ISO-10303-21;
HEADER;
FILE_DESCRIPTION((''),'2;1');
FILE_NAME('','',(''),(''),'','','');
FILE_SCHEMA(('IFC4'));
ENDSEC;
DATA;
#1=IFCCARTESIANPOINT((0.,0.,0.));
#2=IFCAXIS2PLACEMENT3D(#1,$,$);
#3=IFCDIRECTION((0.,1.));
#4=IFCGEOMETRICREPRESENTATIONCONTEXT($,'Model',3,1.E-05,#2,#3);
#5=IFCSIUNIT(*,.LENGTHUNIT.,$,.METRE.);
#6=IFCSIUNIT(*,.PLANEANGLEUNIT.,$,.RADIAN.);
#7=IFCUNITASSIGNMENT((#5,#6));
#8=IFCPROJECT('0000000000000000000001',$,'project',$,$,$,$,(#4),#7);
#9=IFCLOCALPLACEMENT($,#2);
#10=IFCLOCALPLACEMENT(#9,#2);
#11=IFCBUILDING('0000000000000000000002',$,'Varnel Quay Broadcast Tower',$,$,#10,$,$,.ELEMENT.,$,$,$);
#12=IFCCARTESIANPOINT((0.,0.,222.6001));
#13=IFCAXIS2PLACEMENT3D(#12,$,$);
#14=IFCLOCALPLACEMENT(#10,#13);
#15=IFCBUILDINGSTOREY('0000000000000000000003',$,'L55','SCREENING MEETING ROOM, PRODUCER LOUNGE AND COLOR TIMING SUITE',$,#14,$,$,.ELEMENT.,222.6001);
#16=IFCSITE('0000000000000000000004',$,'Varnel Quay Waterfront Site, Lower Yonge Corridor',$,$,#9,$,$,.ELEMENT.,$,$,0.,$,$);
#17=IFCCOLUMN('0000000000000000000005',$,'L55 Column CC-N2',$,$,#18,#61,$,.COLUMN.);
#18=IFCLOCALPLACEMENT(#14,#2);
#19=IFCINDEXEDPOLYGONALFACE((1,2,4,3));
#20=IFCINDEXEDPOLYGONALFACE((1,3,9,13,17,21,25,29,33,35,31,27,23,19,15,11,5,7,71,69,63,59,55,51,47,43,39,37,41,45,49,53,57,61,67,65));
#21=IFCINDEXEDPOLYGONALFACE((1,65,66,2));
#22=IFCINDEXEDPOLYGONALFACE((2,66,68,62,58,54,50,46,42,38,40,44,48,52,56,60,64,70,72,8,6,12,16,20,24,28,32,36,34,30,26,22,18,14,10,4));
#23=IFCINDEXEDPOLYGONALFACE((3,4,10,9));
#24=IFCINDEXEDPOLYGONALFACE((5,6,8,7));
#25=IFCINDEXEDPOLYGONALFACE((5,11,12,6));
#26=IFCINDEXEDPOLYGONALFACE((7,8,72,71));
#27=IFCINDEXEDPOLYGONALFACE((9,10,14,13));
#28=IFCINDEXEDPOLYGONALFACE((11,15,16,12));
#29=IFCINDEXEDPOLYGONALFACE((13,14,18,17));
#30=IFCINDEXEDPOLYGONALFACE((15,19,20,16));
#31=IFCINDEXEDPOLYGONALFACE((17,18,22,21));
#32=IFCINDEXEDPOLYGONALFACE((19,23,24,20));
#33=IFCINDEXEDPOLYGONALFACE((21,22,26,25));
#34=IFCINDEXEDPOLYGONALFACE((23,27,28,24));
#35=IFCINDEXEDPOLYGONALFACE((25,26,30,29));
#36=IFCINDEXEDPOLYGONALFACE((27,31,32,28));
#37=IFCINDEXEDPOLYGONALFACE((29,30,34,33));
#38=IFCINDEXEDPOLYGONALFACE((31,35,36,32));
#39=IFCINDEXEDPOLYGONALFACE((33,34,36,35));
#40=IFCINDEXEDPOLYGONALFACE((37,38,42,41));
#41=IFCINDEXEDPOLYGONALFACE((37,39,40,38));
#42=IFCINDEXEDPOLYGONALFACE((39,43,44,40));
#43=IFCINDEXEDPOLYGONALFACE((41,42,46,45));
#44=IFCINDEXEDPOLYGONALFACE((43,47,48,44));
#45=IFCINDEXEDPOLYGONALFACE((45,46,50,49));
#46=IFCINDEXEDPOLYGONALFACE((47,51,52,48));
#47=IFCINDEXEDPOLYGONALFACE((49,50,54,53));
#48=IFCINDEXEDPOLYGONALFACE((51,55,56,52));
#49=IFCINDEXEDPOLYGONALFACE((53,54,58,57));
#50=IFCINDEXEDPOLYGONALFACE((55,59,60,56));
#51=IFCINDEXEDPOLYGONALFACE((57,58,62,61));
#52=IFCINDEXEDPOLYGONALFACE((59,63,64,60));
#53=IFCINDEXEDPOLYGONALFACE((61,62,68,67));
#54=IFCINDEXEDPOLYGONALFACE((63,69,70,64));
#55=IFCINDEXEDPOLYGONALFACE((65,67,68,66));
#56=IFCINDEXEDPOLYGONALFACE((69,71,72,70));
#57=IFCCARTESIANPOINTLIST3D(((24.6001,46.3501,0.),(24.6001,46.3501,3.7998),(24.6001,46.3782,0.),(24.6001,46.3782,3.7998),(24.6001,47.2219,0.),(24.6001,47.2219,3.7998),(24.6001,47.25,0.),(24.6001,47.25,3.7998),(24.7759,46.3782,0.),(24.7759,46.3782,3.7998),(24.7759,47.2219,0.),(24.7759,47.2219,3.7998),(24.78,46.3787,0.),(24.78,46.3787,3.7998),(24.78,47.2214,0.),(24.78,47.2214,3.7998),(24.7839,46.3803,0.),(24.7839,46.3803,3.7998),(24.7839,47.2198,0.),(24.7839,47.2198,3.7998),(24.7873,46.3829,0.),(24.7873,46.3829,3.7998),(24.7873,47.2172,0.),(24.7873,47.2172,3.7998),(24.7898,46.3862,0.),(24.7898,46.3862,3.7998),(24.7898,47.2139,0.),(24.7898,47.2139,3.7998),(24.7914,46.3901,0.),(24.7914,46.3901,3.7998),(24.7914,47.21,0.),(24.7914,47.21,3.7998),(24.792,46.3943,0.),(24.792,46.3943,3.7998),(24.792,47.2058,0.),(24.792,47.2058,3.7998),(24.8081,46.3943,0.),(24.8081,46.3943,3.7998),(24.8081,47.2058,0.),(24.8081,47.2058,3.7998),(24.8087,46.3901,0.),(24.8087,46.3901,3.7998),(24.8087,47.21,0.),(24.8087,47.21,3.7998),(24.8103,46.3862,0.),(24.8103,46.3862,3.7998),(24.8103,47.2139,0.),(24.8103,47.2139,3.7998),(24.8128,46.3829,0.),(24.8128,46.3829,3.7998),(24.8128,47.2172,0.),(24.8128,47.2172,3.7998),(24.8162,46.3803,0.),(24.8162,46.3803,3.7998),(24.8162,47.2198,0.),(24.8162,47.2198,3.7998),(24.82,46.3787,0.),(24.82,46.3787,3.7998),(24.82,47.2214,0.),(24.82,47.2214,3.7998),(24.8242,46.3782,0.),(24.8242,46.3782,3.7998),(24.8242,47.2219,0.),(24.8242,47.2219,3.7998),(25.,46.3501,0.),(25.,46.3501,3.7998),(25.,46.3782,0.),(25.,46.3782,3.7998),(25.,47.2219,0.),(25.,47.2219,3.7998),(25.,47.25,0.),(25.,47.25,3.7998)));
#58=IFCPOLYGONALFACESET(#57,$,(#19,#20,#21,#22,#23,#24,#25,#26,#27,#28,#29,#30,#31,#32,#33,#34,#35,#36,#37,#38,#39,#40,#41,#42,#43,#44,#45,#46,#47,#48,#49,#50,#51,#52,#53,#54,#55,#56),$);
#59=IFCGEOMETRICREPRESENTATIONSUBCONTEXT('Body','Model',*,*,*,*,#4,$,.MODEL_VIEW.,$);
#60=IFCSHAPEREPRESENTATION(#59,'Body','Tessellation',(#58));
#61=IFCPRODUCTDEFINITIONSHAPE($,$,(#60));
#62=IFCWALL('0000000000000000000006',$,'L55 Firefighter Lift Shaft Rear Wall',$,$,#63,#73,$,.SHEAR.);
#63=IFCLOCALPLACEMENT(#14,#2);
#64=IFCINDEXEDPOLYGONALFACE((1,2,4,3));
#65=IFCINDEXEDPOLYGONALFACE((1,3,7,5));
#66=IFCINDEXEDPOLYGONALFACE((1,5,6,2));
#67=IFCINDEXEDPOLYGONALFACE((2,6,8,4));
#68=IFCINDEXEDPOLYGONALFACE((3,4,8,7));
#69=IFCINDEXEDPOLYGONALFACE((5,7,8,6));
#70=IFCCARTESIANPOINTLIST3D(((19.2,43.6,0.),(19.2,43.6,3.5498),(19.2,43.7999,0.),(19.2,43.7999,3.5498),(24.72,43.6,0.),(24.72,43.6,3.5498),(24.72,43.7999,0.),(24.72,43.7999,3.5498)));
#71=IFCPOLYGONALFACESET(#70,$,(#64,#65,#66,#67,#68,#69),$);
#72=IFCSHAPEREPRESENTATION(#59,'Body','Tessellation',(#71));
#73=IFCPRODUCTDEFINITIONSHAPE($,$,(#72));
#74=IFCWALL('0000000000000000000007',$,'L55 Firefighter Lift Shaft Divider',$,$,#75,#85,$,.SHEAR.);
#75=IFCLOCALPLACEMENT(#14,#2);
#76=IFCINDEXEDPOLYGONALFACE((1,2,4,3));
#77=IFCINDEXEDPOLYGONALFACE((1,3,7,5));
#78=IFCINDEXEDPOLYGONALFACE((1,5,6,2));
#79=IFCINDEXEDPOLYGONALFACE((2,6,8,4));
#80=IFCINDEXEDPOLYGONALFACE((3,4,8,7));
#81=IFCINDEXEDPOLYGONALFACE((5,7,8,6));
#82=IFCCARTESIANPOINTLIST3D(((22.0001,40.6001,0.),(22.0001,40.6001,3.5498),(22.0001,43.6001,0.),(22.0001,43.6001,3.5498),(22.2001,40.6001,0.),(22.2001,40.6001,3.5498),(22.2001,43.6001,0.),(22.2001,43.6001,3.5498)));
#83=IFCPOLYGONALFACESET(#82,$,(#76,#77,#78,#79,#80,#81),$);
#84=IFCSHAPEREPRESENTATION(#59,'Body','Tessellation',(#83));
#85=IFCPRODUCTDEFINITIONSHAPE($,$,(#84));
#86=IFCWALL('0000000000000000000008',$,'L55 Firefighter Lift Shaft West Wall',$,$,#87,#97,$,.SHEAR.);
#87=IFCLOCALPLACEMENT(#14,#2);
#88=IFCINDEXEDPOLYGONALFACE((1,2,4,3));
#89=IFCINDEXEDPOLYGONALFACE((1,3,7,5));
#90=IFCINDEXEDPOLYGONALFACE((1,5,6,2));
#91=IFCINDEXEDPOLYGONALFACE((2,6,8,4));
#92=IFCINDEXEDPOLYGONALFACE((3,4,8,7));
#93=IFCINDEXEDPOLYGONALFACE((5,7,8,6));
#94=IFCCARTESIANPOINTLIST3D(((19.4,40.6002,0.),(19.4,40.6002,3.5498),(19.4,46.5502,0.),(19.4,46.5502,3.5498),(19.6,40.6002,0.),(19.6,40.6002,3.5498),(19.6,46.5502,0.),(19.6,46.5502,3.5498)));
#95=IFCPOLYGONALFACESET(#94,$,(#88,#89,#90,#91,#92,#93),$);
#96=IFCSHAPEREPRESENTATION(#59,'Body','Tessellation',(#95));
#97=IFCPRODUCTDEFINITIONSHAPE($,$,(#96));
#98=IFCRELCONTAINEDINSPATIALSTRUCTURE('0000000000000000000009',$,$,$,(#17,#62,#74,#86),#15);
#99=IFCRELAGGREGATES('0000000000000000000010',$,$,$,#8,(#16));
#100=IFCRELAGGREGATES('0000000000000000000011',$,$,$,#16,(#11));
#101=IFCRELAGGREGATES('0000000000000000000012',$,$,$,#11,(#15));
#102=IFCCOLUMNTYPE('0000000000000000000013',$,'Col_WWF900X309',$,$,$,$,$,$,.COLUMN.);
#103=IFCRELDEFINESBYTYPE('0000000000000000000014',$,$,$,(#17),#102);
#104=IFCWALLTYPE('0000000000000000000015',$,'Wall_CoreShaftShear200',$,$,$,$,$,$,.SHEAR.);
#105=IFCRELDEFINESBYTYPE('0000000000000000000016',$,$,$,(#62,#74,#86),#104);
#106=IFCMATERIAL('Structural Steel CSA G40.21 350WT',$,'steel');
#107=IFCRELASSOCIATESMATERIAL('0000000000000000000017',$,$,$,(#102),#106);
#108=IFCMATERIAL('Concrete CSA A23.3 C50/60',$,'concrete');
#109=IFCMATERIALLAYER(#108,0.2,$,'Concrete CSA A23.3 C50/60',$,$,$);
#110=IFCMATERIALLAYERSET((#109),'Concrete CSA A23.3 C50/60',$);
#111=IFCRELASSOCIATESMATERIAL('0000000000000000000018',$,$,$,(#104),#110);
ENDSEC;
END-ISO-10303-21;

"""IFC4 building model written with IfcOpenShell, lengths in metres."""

from ifc_helpers import new_model, si_unit, direction, frame, frame_2d, origin, origin_2d, place, context, subcontext, project, spatial, rectangle, i_section, extrude, source, transform, mapped, material, layer, layer_set, material_profile, profile_set, type_object, type_shapes, element, save


model = new_model("IFC4")

# Units and contexts
model_context = context("Model", 3, precision=1e-05, world=origin(), true_north=direction((0.0, 1.0)))
body_context = subcontext(model_context, "Body", "Model", "MODEL_VIEW")
ifc_project = project(units=[si_unit("LENGTHUNIT", "METRE"), si_unit("PLANEANGLEUNIT", "RADIAN")], contexts=[model_context])

# Site, building, storey
site_placement = place(None, origin())
site = spatial("IfcSite", under=ifc_project, at=site_placement, Name="Varnel Quay Waterfront Site, Lower Yonge Corridor", CompositionType="ELEMENT", RefElevation=0.0)
building_placement = place(site_placement, origin())
building = spatial("IfcBuilding", under=site, at=building_placement, Name="Varnel Quay Broadcast Tower", CompositionType="ELEMENT")
storey_placement = place(building_placement, frame((0.0, 0.0, 222.6001)))
storey = spatial("IfcBuildingStorey", under=building, at=storey_placement, Name="L55", Description="SCREENING MEETING ROOM, PRODUCER LOUNGE AND COLOR TIMING SUITE", CompositionType="ELEMENT", Elevation=222.6001)

# Column
ifc_material_1 = material(Name="Structural Steel CSA G40.21 350WT", Category="steel")
ifc_material_profile = material_profile(ifc_material_1, i_section(OverallWidth=0.3999, OverallDepth=0.8999, WebThickness=0.0161, FlangeThickness=0.0281, FilletRadius=0.0161, at=origin_2d()), Name="WWF900X309")
ifc_profile_set = profile_set([ifc_material_profile], Name="Structural Steel CSA G40.21 350WT")
column_type = type_object("IfcColumnType", Name="Col_WWF900X309", PredefinedType="COLUMN", material=ifc_profile_set)
shared_shape_1 = source(origin(), body_context, "Body", "SweptSolid", [
    extrude(i_section(OverallWidth=0.3999, OverallDepth=0.8999, WebThickness=0.0161, FlangeThickness=0.0281, FilletRadius=0.0161, at=origin_2d()), origin(), (0.0, 0.0, 1.0), 3.7998),
])
type_shapes(column_type, [shared_shape_1])
column_placement = place(storey_placement, frame((24.8, 46.8, 0.0), z_axis=(0.0, 0.0, 1.0), x_axis=(1.0, 0.0, 0.0)))
element("IfcColumn", 1, at=column_placement, inside=storey, type_object=column_type, Name="L55 Column CC-N2", PredefinedType="COLUMN", context=body_context, shape_type="MappedRepresentation", body=[
    mapped(shared_shape_1, transform((0.0, 0.0, 0.0), x_axis=(1.0, 0.0, 0.0), y_axis=(0.0, 1.0, 0.0), z_axis=(0.0, 0.0, 1.0), scale=1.0)),
])

# Walls
ifc_material_2 = material(Name="Concrete CSA A23.3 C50/60", Category="concrete")
ifc_layer_1 = layer(ifc_material_2, 0.2, Name="Concrete CSA A23.3 C50/60")
ifc_layer_set_1 = layer_set([ifc_layer_1], Name="Concrete CSA A23.3 C50/60")
wall_type_1 = type_object("IfcWallType", Name="Wall_CoreShaftShear200", PredefinedType="SHEAR", material=ifc_layer_set_1)
wall_1_placement = place(storey_placement, frame((19.2, 43.7, 0.0), z_axis=(0.0, 0.0, 1.0), x_axis=(1.0, 0.0, 0.0)))
element("IfcWall", 2, at=wall_1_placement, inside=storey, type_object=wall_type_1, Name="L55 Firefighter Lift Shaft Rear Wall", PredefinedType="SHEAR", context=body_context, shape_type="SweptSolid", body=[
    extrude(rectangle(XDim=5.52, YDim=0.2, at=frame_2d((2.76, 0.0))), origin(), (0.0, 0.0, 1.0), 3.5498),
])
wall_2_placement = place(storey_placement, frame((22.1001, 40.6001, 0.0), z_axis=(0.0, 0.0, 1.0), x_axis=(0.0, 1.0, 0.0)))
element("IfcWall", 3, at=wall_2_placement, inside=storey, type_object=wall_type_1, Name="L55 Firefighter Lift Shaft Divider", PredefinedType="SHEAR", context=body_context, shape_type="SweptSolid", body=[
    extrude(rectangle(XDim=3.0, YDim=0.2, at=frame_2d((1.5, 0.0))), origin(), (0.0, 0.0, 1.0), 3.5498),
])
wall_3_placement = place(storey_placement, frame((19.5, 40.6001, 0.0), z_axis=(0.0, 0.0, 1.0), x_axis=(0.0, 1.0, 0.0)))
element("IfcWall", 4, at=wall_3_placement, inside=storey, type_object=wall_type_1, Name="L55 Firefighter Lift Shaft West Wall", PredefinedType="SHEAR", context=body_context, shape_type="SweptSolid", body=[
    extrude(rectangle(XDim=5.95, YDim=0.2, at=frame_2d((2.9751, 0.0))), origin(), (0.0, 0.0, 1.0), 3.5498),
])

save(model, "model.ifc")
